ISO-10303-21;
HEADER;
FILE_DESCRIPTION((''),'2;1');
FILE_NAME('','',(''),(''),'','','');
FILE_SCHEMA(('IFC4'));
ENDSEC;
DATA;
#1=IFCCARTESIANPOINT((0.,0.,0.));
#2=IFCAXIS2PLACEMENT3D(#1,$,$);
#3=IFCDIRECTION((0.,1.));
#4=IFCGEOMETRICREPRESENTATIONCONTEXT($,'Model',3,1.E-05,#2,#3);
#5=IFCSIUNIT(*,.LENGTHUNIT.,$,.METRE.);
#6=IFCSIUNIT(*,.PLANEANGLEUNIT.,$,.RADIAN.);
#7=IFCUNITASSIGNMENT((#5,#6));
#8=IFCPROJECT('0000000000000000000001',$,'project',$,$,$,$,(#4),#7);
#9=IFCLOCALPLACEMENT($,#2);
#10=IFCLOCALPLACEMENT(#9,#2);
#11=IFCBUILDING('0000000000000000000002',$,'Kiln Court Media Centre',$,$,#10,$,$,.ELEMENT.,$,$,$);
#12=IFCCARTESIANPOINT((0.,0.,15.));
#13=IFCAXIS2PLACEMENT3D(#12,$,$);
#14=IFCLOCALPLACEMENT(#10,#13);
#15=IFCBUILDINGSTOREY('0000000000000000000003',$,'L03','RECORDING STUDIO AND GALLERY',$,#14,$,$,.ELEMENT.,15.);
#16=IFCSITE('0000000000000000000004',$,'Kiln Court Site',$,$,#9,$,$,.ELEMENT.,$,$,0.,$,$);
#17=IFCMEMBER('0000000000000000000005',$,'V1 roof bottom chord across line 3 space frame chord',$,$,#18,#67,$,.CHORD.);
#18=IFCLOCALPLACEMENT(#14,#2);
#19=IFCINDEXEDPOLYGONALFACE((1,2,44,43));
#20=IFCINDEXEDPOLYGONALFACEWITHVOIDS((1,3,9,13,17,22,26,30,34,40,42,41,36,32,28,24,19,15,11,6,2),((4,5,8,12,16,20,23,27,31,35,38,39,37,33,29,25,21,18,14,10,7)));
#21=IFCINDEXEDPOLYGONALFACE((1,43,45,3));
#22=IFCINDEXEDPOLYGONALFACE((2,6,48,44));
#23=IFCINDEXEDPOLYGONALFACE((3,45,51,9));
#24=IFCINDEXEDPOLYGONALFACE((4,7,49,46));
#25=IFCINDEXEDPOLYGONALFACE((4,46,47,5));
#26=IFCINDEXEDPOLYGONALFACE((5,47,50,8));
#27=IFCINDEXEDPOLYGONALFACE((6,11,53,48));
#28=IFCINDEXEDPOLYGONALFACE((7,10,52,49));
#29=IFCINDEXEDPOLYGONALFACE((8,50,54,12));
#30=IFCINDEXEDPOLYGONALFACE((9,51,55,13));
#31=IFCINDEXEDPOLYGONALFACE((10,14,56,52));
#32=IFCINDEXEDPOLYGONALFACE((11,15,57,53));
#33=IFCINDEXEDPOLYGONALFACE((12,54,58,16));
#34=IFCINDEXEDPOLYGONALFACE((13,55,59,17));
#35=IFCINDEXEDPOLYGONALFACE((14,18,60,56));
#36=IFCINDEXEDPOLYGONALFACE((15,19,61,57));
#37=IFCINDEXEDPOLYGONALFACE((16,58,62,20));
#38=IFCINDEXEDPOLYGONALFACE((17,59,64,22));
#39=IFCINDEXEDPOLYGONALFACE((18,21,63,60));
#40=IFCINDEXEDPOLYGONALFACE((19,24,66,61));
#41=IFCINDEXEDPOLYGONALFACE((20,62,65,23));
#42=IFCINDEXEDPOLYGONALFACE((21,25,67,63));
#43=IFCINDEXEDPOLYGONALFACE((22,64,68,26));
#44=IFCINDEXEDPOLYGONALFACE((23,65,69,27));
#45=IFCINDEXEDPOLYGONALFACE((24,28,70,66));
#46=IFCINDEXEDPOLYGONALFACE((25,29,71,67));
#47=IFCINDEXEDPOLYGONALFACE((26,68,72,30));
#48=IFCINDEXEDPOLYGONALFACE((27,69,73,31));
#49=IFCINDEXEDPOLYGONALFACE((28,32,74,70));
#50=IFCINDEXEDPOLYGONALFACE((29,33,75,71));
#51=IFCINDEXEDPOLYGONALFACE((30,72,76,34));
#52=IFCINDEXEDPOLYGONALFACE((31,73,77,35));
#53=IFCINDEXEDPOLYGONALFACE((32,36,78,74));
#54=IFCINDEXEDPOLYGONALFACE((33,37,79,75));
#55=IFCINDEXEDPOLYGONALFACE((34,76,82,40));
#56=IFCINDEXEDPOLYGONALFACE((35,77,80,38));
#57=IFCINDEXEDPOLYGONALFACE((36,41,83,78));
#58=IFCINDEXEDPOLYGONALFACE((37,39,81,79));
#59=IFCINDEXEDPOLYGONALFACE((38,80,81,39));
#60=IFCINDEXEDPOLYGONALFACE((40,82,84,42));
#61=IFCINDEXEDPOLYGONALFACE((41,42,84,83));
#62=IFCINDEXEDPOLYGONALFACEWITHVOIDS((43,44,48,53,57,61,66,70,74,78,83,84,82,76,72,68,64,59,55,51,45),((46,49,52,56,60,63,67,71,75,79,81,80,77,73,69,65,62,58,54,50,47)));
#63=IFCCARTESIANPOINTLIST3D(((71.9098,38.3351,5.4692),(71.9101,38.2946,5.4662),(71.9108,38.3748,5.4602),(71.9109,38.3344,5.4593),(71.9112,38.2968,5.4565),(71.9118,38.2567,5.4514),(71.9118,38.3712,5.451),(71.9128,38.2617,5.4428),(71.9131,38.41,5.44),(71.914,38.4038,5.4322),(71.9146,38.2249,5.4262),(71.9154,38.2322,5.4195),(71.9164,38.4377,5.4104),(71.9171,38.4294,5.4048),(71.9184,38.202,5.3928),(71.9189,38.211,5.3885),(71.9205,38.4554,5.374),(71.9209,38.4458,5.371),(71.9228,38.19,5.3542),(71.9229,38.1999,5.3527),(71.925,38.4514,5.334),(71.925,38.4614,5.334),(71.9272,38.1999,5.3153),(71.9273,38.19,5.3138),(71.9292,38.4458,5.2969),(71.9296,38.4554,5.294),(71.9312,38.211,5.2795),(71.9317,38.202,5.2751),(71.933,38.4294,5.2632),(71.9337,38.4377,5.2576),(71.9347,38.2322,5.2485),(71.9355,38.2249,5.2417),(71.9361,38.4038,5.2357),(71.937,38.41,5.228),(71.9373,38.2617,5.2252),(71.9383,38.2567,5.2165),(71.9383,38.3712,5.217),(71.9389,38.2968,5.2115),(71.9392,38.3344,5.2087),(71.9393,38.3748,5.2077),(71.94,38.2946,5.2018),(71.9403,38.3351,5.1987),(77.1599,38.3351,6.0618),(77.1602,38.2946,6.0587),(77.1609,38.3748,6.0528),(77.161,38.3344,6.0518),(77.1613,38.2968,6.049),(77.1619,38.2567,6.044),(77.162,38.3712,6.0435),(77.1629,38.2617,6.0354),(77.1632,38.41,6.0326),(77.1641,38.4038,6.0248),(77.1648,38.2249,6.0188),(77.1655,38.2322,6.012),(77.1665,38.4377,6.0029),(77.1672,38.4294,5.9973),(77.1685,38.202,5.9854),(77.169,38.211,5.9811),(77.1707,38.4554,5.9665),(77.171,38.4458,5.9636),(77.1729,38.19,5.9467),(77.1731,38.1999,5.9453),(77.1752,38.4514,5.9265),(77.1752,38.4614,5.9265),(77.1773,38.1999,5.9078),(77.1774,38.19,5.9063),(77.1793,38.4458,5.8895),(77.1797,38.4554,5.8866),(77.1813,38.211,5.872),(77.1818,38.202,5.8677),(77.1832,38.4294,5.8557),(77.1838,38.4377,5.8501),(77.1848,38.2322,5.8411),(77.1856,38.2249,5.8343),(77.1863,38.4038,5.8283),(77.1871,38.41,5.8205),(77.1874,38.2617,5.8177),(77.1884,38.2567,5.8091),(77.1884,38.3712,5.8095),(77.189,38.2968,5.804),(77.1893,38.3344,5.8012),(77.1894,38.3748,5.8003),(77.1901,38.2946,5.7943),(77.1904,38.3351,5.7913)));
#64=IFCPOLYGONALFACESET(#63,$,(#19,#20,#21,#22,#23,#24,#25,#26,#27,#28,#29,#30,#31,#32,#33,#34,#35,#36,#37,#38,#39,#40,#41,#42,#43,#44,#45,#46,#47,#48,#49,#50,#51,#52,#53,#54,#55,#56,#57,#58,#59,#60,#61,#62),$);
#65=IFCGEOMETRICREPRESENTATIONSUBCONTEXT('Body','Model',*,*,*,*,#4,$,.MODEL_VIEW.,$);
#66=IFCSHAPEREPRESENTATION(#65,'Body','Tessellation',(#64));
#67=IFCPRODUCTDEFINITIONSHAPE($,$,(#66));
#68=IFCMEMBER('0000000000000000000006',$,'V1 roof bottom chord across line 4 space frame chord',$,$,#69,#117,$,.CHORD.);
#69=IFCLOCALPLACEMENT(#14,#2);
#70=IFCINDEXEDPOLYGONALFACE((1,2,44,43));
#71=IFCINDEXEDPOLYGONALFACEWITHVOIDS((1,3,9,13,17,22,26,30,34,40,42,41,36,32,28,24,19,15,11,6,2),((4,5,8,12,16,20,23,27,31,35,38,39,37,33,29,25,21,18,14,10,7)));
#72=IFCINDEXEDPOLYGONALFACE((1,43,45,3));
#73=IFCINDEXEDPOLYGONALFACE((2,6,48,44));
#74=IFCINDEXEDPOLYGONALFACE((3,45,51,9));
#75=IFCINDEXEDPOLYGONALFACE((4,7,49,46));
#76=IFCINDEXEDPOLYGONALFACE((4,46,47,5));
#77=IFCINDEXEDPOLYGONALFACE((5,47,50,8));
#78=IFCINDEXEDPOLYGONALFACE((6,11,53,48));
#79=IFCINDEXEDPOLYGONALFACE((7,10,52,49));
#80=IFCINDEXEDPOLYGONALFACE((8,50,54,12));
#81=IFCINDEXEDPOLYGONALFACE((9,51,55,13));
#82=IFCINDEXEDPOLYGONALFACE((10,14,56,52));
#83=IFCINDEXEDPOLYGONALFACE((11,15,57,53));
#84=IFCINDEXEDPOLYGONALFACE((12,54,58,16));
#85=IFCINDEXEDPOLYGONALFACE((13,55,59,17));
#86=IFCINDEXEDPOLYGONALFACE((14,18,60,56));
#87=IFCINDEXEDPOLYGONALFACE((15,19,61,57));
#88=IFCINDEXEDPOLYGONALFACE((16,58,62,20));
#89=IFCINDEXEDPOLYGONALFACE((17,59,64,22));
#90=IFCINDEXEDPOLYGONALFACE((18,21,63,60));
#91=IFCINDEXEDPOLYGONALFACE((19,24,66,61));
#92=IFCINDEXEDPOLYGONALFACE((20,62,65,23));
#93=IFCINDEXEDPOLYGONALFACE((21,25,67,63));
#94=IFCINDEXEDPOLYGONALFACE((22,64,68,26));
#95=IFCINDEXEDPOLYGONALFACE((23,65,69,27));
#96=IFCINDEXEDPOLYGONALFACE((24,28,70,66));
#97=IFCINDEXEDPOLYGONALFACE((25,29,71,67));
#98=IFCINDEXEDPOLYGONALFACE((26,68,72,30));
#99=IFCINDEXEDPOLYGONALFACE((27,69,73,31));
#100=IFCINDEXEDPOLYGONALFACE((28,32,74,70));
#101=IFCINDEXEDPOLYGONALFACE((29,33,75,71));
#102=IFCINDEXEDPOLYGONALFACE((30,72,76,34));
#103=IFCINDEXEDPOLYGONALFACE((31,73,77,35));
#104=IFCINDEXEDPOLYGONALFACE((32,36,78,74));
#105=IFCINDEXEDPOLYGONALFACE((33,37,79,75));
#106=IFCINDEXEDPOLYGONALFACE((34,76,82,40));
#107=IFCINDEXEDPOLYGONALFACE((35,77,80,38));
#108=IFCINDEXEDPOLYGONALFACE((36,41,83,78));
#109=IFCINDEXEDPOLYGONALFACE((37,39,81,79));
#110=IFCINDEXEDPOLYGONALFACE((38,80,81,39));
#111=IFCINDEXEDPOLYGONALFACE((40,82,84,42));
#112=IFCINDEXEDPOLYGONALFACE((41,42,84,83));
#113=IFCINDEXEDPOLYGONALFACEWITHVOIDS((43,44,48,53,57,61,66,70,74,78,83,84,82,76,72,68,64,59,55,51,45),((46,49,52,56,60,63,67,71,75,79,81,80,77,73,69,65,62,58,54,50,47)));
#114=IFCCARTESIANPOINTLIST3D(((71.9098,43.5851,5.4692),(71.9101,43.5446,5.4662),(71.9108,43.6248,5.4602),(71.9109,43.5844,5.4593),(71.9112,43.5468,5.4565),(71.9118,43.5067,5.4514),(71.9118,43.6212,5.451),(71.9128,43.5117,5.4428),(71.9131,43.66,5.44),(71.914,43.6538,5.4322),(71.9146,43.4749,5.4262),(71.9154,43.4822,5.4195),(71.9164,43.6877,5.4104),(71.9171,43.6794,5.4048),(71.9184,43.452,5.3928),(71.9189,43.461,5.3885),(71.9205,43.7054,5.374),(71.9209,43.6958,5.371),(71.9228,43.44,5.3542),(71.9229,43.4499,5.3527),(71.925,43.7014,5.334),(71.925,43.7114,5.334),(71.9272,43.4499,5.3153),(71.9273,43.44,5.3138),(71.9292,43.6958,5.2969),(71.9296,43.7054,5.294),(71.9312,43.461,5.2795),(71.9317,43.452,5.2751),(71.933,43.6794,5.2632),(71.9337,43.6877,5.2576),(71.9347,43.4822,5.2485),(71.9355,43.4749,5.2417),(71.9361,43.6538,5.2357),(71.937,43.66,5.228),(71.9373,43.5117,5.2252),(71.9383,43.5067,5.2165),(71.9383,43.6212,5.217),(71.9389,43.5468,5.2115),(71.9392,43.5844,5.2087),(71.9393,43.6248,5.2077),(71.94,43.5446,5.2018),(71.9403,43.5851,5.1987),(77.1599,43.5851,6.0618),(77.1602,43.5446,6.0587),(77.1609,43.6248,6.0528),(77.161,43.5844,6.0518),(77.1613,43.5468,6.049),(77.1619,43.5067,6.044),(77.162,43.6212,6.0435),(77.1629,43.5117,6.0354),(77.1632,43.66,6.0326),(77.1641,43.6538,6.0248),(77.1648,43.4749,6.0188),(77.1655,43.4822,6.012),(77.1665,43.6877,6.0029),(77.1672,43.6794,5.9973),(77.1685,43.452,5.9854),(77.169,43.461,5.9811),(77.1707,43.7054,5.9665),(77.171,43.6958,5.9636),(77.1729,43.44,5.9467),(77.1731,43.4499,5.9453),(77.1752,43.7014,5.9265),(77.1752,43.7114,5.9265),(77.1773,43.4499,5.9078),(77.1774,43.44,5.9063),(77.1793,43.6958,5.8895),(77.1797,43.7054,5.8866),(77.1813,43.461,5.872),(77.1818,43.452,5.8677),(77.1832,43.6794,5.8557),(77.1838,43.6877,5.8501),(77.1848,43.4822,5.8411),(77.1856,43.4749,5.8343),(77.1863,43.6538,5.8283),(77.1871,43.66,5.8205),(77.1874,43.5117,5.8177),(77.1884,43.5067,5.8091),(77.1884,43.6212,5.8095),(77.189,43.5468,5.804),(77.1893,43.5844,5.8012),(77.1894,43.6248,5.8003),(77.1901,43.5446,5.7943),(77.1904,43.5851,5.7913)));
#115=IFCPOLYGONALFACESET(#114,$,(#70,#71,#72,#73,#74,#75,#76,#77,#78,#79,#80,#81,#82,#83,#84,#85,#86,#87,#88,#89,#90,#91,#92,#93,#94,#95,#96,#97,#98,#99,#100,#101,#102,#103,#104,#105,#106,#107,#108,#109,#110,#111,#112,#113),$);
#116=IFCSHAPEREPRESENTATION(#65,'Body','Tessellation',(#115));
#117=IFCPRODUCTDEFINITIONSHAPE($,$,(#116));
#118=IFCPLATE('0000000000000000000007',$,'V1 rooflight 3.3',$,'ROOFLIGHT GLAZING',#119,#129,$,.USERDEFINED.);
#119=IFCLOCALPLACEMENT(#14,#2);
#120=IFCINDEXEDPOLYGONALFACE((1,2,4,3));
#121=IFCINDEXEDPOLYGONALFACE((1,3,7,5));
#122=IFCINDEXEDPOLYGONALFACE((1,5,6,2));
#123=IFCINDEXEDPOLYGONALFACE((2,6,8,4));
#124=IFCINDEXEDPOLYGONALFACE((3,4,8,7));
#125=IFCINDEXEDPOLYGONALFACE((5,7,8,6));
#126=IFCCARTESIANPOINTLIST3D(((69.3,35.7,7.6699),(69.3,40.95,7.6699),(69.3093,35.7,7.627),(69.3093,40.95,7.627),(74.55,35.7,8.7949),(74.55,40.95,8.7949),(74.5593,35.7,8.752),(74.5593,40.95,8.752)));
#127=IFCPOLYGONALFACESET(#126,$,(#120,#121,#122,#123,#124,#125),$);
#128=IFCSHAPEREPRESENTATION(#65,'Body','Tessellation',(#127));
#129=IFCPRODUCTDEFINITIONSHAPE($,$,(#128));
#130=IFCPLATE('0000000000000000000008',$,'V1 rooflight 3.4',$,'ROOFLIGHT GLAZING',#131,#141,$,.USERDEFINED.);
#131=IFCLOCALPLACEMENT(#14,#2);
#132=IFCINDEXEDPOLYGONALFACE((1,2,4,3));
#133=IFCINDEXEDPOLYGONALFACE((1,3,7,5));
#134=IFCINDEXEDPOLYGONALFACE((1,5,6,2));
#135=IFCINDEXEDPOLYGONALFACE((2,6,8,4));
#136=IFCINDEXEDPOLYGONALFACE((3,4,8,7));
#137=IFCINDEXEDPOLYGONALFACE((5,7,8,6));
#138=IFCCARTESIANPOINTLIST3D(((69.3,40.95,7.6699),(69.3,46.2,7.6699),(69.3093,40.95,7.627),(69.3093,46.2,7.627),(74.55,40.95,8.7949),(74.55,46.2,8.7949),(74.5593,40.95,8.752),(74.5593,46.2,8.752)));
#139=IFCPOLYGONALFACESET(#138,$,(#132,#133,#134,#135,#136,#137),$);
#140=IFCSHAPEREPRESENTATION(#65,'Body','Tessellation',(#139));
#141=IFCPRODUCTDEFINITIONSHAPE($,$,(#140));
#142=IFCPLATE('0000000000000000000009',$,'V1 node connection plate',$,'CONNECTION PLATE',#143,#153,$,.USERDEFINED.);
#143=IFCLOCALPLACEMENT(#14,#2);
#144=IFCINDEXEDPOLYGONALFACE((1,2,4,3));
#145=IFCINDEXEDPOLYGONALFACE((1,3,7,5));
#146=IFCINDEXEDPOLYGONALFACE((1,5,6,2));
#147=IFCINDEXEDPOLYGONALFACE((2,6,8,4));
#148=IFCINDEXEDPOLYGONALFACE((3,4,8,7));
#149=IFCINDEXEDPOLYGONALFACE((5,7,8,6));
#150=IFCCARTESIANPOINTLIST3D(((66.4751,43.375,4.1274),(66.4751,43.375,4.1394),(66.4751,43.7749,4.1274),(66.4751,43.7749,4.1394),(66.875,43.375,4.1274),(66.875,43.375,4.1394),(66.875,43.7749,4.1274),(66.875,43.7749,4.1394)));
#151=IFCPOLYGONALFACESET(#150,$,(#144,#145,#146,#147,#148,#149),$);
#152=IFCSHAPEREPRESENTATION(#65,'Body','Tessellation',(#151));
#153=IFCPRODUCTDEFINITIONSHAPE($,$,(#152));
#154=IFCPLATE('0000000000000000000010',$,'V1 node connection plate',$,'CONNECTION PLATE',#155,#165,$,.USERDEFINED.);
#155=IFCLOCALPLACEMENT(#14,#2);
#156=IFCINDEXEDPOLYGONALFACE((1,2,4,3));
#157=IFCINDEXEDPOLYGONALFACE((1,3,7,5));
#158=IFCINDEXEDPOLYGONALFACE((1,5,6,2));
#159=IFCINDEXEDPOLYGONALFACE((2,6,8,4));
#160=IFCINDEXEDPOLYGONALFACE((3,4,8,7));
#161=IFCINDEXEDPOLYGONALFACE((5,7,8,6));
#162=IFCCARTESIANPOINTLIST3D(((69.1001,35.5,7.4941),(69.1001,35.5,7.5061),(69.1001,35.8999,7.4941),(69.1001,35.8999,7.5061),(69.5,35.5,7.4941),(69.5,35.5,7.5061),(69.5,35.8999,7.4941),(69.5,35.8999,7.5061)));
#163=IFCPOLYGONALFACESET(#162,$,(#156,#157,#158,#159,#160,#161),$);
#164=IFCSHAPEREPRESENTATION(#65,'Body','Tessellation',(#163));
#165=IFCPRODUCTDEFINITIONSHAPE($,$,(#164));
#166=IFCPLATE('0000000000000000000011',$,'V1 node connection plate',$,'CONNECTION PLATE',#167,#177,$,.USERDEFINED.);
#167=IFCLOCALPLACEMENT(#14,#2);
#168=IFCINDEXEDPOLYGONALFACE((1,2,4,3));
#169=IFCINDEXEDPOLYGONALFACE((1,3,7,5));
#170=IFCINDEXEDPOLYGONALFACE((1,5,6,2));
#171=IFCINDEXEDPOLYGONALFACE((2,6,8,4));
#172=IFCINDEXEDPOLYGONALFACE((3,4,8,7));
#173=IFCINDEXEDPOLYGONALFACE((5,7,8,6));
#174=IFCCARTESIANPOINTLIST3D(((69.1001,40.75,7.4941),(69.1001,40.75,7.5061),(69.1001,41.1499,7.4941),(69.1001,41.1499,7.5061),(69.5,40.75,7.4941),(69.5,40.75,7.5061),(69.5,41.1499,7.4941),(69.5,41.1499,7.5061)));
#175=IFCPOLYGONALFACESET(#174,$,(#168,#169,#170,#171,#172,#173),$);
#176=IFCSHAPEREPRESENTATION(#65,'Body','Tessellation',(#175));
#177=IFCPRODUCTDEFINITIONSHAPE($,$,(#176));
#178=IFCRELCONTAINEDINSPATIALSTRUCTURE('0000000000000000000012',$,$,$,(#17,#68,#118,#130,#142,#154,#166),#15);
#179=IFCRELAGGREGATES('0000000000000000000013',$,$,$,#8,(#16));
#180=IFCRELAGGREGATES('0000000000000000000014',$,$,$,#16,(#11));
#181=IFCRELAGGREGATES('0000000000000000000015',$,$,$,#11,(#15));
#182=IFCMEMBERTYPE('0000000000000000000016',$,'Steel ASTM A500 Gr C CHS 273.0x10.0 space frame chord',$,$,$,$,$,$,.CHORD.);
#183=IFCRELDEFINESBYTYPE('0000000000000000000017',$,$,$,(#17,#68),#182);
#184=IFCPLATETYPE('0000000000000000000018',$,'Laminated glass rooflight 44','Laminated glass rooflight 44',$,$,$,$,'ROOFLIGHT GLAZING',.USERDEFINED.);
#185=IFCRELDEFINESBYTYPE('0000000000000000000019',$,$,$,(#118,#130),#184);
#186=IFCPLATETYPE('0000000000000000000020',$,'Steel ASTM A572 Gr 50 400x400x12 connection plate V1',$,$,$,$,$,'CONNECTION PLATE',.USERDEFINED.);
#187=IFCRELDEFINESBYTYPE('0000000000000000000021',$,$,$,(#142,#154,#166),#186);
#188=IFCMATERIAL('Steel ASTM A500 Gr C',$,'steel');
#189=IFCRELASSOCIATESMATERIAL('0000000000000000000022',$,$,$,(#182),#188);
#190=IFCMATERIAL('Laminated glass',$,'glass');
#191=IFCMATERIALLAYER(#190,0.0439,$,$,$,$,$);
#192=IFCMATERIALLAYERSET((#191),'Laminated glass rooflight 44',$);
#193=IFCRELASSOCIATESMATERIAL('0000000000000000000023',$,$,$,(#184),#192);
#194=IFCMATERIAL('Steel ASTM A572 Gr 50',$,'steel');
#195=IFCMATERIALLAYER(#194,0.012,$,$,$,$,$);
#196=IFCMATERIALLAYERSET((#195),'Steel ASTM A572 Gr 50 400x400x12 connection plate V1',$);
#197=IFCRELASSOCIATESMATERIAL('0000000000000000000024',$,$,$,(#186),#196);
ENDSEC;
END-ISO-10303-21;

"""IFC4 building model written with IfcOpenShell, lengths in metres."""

from ifc_helpers import new_model, si_unit, direction, frame, origin, origin_2d, place, context, subcontext, project, spatial, polyline, rectangle, hollow_circle, outline, extrude, material, layer, layer_set, material_profile, profile_set, type_object, element, save


model = new_model("IFC4")

# Units and contexts
model_context = context("Model", 3, precision=1e-05, world=origin(), true_north=direction((0.0, 1.0)))
body_context = subcontext(model_context, "Body", "Model", "MODEL_VIEW")
ifc_project = project(units=[si_unit("LENGTHUNIT", "METRE"), si_unit("PLANEANGLEUNIT", "RADIAN")], contexts=[model_context])

# Site, building, storey
site_placement = place(None, origin())
site = spatial("IfcSite", under=ifc_project, at=site_placement, Name="Kiln Court Site", CompositionType="ELEMENT", RefElevation=0.0)
building_placement = place(site_placement, origin())
building = spatial("IfcBuilding", under=site, at=building_placement, Name="Kiln Court Media Centre", CompositionType="ELEMENT")
storey_placement = place(building_placement, frame((0.0, 0.0, 15.0)))
storey = spatial("IfcBuildingStorey", under=building, at=storey_placement, Name="L03", Description="RECORDING STUDIO AND GALLERY", CompositionType="ELEMENT", Elevation=15.0)

# Members
ifc_material_1 = material(Name="Steel ASTM A500 Gr C", Category="steel")
ifc_material_profile_1 = material_profile(ifc_material_1, hollow_circle(Radius=0.1365, WallThickness=0.01, at=origin_2d()), Name="CHS 273.0x10.0")
ifc_profile_set_1 = profile_set([ifc_material_profile_1], Name="Steel ASTM A500 Gr C")
member_type_1 = type_object("IfcMemberType", Name="Steel ASTM A500 Gr C CHS 273.0x10.0 space frame chord", PredefinedType="CHORD", material=ifc_profile_set_1)
for number, where, z_axis, x_axis, name in (
    (1, (71.925, 38.325, 5.334), (0.993691, 0.0, 0.112151), (0.0, 1.0, 0.0), "V1 roof bottom chord across line 3 space frame chord"),
    (2, (71.925, 43.575, 5.334), (0.993691, 0.0, 0.112151), (0.0, 1.0, 0.0), "V1 roof bottom chord across line 4 space frame chord"),
):
    element("IfcMember", number, at=place(storey_placement, frame(where, z_axis=z_axis, x_axis=x_axis)), inside=storey, type_object=member_type_1, Name=name, PredefinedType="CHORD", context=body_context, shape_type="SweptSolid", body=[
        extrude(hollow_circle(Radius=0.1365, WallThickness=0.01, at=origin_2d()), origin(), (0.0, 0.0, 1.0), 5.2834),
    ])

# Plates
ifc_material_2 = material(Name="Laminated glass", Category="glass")
ifc_layer_1 = layer(ifc_material_2, 0.0439)
ifc_layer_set_1 = layer_set([ifc_layer_1], Name="Laminated glass rooflight 44")
plate_type_1 = type_object("IfcPlateType", Name="Laminated glass rooflight 44", Description="Laminated glass rooflight 44", ElementType="ROOFLIGHT GLAZING", PredefinedType="USERDEFINED", material=ifc_layer_set_1)
for number, where, z_axis, x_axis, name in (
    (3, (69.3, 35.7, 7.6699), (-0.209529, 0.0, 0.977802), (0.977802, 0.0, 0.209529), "V1 rooflight 3.3"),
    (4, (69.3, 40.95, 7.6699), (-0.209529, 0.0, 0.977802), (0.977802, 0.0, 0.209529), "V1 rooflight 3.4"),
):
    element("IfcPlate", number, at=place(storey_placement, frame(where, z_axis=z_axis, x_axis=x_axis)), inside=storey, type_object=plate_type_1, Name=name, ObjectType="ROOFLIGHT GLAZING", PredefinedType="USERDEFINED", context=body_context, shape_type="SweptSolid", body=[
        extrude(outline(polyline([(0.0, 0.0), (5.3692, 0.0), (5.3692, 5.25), (0.0, 5.25), (0.0, 0.0)])), origin(), (0.0, 0.0, -1.0), 0.0439),
    ])
ifc_material_3 = material(Name="Steel ASTM A572 Gr 50", Category="steel")
ifc_layer_2 = layer(ifc_material_3, 0.012)
ifc_layer_set_2 = layer_set([ifc_layer_2], Name="Steel ASTM A572 Gr 50 400x400x12 connection plate V1")
plate_type_2 = type_object("IfcPlateType", Name="Steel ASTM A572 Gr 50 400x400x12 connection plate V1", ElementType="CONNECTION PLATE", PredefinedType="USERDEFINED", material=ifc_layer_set_2)
for number, where, z_axis, x_axis, name in (
    (5, (66.675, 43.575, 4.1274), (0.0, 0.0, 1.0), (1.0, 0.0, 0.0), "V1 node connection plate"),
    (6, (69.3, 35.7, 7.4941), (0.0, 0.0, 1.0), (1.0, 0.0, 0.0), "V1 node connection plate"),
    (7, (69.3, 40.95, 7.4941), (0.0, 0.0, 1.0), (1.0, 0.0, 0.0), "V1 node connection plate"),
):
    element("IfcPlate", number, at=place(storey_placement, frame(where, z_axis=z_axis, x_axis=x_axis)), inside=storey, type_object=plate_type_2, Name=name, ObjectType="CONNECTION PLATE", PredefinedType="USERDEFINED", context=body_context, shape_type="SweptSolid", body=[
        extrude(rectangle(XDim=0.3999, YDim=0.3999, at=origin_2d()), origin(), (0.0, 0.0, 1.0), 0.012),
    ])

save(model, "model.ifc")
